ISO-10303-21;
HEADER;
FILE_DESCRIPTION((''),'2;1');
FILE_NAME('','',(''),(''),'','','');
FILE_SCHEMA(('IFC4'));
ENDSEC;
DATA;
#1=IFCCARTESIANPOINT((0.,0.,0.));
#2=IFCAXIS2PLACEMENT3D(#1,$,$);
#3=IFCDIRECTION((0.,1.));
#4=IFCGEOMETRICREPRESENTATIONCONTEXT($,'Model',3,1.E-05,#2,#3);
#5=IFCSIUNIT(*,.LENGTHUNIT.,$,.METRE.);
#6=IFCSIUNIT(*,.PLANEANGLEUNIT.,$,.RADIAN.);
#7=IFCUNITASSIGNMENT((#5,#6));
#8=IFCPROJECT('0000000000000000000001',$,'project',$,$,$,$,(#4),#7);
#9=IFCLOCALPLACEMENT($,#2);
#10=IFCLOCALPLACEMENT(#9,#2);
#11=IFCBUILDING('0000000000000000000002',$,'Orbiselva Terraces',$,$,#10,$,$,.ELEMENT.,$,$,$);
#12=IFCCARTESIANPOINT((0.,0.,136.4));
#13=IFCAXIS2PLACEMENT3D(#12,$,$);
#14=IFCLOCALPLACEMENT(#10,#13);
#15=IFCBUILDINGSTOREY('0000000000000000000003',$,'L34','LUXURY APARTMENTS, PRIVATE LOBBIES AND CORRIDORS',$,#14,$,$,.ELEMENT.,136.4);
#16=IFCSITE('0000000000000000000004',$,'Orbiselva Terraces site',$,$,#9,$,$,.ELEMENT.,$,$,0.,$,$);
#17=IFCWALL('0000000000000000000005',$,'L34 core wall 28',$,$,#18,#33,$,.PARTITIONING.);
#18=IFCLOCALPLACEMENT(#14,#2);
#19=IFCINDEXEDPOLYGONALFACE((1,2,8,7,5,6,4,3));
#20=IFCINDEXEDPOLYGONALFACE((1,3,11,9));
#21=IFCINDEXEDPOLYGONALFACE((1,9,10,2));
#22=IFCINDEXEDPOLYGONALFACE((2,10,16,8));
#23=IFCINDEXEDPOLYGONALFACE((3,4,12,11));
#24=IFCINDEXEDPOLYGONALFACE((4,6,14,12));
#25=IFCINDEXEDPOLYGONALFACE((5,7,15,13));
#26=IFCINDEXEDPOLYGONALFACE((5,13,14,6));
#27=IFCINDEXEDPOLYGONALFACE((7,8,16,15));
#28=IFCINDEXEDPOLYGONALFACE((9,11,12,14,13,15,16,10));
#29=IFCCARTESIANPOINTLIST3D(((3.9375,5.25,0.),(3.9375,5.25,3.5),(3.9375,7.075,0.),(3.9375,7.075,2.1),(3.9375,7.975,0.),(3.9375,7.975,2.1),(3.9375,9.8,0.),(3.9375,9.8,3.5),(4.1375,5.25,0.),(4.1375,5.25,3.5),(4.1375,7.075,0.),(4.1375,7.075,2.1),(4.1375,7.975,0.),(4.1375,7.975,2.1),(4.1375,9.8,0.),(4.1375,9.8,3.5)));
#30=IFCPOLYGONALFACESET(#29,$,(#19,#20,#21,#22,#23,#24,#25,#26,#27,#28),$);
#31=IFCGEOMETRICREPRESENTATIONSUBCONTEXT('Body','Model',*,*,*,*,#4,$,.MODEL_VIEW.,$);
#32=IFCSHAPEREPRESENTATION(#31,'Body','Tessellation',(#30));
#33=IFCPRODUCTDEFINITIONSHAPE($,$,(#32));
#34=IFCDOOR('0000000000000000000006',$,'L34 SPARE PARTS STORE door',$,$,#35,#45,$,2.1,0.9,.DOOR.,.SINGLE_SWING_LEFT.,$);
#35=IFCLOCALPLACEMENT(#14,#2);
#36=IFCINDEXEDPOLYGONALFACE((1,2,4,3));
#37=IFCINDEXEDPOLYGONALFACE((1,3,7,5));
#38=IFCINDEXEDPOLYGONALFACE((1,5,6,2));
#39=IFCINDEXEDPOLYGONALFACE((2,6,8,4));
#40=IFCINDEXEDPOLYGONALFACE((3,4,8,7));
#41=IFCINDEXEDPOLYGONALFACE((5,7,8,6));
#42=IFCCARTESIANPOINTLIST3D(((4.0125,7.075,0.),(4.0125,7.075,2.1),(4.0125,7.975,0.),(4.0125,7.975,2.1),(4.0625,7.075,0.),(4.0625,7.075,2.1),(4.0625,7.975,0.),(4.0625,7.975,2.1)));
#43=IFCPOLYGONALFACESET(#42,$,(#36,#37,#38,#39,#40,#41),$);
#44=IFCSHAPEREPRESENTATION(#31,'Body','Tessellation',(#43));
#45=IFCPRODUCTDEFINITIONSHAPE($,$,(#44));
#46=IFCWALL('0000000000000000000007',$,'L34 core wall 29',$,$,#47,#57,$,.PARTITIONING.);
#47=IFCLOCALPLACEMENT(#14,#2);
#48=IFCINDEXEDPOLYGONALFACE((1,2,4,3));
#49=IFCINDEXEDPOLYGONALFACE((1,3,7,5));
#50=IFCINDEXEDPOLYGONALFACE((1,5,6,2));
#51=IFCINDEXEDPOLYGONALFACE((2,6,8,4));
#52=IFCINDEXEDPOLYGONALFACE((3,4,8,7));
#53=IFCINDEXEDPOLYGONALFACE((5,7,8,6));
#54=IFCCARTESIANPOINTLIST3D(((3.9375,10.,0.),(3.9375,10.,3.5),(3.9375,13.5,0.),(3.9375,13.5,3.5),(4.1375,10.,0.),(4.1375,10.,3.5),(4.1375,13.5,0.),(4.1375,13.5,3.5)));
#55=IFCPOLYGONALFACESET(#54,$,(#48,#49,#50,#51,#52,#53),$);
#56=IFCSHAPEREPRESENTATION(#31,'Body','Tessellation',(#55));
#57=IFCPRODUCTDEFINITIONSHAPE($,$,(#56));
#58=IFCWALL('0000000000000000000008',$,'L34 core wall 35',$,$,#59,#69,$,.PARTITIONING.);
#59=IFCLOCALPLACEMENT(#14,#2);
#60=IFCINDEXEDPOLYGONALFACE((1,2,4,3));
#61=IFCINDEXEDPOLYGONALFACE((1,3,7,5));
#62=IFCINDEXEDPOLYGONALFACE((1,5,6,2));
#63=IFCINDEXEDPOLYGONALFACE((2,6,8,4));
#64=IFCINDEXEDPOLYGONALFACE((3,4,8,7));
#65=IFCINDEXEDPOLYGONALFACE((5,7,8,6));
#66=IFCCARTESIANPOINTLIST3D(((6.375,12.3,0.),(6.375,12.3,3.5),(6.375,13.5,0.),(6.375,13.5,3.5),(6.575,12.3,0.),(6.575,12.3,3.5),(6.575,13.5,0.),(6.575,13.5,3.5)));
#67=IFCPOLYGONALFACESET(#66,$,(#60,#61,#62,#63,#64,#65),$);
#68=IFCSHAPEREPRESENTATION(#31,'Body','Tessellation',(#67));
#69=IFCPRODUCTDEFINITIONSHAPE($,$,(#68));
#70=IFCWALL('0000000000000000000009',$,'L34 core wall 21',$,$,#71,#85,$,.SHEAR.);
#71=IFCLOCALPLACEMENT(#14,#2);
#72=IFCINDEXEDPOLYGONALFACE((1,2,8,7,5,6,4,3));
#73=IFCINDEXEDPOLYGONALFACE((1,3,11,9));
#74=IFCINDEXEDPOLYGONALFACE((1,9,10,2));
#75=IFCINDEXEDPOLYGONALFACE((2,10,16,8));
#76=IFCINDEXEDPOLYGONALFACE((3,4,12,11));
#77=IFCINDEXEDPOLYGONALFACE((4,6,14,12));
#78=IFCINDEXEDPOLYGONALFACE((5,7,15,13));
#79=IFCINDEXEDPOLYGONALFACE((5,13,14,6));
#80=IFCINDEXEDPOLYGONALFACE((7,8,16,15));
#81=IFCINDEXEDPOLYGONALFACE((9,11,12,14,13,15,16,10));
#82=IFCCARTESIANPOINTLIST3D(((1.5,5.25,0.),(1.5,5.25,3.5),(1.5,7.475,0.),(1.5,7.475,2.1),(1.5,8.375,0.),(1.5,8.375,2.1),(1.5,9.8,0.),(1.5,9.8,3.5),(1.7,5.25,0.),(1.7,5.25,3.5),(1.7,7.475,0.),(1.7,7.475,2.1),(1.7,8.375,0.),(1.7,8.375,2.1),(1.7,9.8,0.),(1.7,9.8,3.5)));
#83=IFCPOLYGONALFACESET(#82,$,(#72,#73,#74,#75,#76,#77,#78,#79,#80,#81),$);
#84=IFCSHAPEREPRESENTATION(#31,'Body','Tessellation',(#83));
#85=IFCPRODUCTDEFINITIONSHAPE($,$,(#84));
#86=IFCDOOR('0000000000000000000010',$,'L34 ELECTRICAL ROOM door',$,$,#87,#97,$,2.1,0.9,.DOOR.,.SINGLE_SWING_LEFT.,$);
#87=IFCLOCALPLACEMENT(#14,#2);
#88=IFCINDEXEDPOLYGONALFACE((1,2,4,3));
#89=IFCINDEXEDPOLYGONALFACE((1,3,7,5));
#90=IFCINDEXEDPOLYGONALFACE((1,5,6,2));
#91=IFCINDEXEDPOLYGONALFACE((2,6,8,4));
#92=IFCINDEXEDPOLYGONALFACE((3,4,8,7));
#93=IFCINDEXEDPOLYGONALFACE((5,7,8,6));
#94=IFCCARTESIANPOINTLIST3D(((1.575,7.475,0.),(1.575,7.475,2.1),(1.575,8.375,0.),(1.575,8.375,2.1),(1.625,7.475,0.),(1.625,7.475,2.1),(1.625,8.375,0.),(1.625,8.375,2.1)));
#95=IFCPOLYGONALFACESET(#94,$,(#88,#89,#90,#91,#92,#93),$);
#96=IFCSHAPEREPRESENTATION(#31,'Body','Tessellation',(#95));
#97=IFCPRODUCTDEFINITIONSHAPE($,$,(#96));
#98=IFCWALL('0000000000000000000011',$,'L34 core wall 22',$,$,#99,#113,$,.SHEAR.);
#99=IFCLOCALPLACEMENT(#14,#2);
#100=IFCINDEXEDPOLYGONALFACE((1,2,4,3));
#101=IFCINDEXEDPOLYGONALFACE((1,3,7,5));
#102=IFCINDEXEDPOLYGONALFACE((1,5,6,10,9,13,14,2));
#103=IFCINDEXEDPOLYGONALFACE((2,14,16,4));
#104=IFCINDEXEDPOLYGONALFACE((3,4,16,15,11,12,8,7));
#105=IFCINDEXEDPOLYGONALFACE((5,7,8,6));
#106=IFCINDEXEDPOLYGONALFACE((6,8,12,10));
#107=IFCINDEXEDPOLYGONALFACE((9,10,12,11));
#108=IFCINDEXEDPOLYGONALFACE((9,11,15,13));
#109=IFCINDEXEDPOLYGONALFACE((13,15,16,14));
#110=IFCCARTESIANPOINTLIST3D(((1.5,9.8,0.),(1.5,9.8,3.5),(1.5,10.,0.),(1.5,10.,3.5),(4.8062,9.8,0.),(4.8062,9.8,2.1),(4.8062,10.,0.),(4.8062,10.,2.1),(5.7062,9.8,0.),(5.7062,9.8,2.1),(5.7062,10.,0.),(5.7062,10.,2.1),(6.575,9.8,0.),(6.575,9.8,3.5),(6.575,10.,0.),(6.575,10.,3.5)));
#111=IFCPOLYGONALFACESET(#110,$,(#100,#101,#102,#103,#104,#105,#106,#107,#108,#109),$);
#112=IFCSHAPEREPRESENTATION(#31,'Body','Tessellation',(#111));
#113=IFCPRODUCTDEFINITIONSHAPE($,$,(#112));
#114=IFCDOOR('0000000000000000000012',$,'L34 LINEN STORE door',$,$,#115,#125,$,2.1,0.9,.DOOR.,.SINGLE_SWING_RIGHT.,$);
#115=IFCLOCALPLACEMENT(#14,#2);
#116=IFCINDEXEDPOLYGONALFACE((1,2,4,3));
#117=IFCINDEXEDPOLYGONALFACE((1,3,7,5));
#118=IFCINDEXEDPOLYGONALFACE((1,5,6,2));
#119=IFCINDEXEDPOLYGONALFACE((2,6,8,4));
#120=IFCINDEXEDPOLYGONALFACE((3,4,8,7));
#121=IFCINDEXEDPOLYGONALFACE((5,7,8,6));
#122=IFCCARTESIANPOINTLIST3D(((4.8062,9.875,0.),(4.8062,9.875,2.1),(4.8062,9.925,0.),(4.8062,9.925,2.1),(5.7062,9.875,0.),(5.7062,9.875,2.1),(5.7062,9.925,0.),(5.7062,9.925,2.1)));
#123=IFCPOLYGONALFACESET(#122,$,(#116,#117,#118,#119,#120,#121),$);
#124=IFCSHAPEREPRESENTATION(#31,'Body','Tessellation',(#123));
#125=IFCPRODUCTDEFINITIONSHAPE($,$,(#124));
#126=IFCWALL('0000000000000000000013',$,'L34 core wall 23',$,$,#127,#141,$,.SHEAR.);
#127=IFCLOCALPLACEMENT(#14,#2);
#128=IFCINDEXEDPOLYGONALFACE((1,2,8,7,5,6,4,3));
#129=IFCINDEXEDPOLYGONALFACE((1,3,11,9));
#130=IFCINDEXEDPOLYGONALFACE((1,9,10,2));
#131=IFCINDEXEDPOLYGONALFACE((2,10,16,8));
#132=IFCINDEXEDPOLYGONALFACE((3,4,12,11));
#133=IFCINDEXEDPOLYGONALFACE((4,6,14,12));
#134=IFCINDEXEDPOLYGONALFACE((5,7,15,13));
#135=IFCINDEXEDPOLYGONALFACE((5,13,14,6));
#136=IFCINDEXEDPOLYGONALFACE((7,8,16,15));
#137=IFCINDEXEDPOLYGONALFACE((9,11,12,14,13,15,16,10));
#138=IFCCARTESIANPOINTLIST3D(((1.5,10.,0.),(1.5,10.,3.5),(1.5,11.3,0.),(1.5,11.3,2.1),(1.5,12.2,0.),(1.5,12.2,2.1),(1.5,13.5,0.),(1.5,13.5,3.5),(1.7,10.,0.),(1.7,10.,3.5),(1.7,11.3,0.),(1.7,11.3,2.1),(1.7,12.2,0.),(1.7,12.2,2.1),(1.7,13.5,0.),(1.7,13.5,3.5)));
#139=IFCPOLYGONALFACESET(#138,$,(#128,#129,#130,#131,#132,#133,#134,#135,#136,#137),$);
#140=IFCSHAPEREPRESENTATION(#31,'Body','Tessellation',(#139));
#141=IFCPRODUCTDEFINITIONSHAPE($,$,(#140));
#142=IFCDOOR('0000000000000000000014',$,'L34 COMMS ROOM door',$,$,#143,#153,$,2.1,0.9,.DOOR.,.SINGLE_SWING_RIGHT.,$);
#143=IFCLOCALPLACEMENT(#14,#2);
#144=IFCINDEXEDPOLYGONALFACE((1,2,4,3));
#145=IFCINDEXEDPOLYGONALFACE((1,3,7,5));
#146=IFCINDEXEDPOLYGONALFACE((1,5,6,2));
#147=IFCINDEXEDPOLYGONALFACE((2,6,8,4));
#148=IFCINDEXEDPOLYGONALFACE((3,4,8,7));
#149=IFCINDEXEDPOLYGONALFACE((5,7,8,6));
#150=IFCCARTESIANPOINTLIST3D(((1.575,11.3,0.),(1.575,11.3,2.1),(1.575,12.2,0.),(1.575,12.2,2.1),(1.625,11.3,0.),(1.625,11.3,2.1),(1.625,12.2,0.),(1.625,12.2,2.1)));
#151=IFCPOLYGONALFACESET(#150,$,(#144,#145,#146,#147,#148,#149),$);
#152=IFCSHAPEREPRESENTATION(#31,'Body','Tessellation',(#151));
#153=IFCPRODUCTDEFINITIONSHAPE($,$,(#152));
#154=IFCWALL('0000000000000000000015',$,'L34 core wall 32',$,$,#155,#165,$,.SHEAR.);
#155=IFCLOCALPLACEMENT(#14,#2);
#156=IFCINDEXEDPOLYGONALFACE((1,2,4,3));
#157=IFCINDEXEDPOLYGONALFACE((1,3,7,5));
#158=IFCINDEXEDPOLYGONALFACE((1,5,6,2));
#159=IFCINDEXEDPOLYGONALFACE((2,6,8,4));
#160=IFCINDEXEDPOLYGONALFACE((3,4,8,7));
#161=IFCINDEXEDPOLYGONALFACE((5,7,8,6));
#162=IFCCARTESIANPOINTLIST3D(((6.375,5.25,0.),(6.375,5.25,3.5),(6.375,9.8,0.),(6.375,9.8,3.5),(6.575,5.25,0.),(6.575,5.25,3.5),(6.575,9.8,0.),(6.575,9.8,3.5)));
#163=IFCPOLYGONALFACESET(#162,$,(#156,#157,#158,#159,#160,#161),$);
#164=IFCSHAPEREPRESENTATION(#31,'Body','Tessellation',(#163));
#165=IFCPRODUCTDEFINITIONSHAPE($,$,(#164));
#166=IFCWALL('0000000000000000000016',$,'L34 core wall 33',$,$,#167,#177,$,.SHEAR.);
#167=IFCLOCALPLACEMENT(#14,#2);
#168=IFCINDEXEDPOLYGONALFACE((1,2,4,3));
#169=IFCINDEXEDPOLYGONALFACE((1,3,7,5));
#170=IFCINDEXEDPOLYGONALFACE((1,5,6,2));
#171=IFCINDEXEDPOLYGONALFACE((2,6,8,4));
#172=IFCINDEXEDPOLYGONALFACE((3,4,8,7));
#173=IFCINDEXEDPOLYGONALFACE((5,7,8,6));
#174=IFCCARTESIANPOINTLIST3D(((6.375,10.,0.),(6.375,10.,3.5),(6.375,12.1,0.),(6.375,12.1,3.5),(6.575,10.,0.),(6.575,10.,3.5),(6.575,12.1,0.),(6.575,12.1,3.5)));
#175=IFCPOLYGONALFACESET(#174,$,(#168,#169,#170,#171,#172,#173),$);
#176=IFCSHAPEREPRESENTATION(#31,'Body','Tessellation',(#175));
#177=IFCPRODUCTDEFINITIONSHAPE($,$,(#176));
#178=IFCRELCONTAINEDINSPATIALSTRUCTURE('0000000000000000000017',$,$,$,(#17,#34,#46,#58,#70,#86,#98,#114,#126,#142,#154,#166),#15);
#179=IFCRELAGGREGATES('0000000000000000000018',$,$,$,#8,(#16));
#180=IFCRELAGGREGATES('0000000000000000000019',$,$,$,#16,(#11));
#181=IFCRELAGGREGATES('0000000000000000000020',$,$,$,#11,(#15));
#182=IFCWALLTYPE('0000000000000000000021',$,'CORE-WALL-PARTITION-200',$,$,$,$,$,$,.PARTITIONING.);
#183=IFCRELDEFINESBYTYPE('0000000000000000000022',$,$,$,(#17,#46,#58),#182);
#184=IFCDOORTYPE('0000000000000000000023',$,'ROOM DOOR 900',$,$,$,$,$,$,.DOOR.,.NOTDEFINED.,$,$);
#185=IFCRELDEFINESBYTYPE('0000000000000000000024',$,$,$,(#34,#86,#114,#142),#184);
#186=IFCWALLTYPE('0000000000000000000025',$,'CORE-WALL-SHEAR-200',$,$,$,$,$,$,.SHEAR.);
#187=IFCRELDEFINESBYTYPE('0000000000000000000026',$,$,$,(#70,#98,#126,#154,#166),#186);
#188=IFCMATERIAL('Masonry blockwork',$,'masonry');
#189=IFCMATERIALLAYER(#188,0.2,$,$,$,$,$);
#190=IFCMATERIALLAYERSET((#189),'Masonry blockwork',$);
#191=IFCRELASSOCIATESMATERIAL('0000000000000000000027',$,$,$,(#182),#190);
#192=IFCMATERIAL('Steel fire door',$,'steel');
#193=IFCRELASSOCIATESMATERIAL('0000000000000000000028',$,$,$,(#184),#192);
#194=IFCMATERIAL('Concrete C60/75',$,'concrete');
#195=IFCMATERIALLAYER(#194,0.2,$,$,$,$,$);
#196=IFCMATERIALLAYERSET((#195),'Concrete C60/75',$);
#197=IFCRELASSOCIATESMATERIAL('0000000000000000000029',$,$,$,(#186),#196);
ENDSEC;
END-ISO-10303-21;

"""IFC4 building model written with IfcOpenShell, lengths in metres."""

from ifc_helpers import new_model, si_unit, direction, frame, frame_2d, origin, place, context, subcontext, project, spatial, rectangle, extrude, material, layer, layer_set, type_object, element, fill, save


model = new_model("IFC4")

# Units and contexts
model_context = context("Model", 3, precision=1e-05, world=origin(), true_north=direction((0.0, 1.0)))
body_context = subcontext(model_context, "Body", "Model", "MODEL_VIEW")
ifc_project = project(units=[si_unit("LENGTHUNIT", "METRE"), si_unit("PLANEANGLEUNIT", "RADIAN")], contexts=[model_context])

# Site, building, storey
site_placement = place(None, origin())
site = spatial("IfcSite", under=ifc_project, at=site_placement, Name="Orbiselva Terraces site", CompositionType="ELEMENT", RefElevation=0.0)
building_placement = place(site_placement, origin())
building = spatial("IfcBuilding", under=site, at=building_placement, Name="Orbiselva Terraces", CompositionType="ELEMENT")
storey_placement = place(building_placement, frame((0.0, 0.0, 136.4)))
storey = spatial("IfcBuildingStorey", under=building, at=storey_placement, Name="L34", Description="LUXURY APARTMENTS, PRIVATE LOBBIES AND CORRIDORS", CompositionType="ELEMENT", Elevation=136.4)

# Wall, opening, door
ifc_material_1 = material(Name="Masonry blockwork", Category="masonry")
ifc_layer_1 = layer(ifc_material_1, 0.2)
ifc_layer_set_1 = layer_set([ifc_layer_1], Name="Masonry blockwork")
wall_type_1 = type_object("IfcWallType", Name="CORE-WALL-PARTITION-200", PredefinedType="PARTITIONING", material=ifc_layer_set_1)
wall_1_placement = place(storey_placement, frame((4.0375, 9.8, 0.0), z_axis=(0.0, 0.0, 1.0), x_axis=(0.0, -1.0, 0.0)))
wall_1 = element("IfcWall", 1, at=wall_1_placement, inside=storey, type_object=wall_type_1, Name="L34 core wall 28", PredefinedType="PARTITIONING", context=body_context, shape_type="SweptSolid", body=[
    extrude(rectangle(XDim=4.55, YDim=0.2, at=frame_2d((2.275, 0.0))), origin(), (0.0, 0.0, 1.0), 3.5),
])
opening_1_placement = place(wall_1_placement, frame((1.825, 0.0, 0.0)))
opening_1 = element("IfcOpeningElement", 2, at=opening_1_placement, cuts=wall_1, PredefinedType="OPENING", context=body_context, shape_type="SweptSolid", body=[
    extrude(rectangle(XDim=0.9, YDim=2.1, at=frame_2d((0.45, 1.05))), frame((0.0, 0.11, 0.0), z_axis=(0.0, -1.0, 0.0), x_axis=(1.0, 0.0, 0.0)), (0.0, 0.0, 1.0), 0.22),
])
ifc_material_2 = material(Name="Steel fire door", Category="steel")
door_type_1 = type_object("IfcDoorType", Name="ROOM DOOR 900", OperationType="NOTDEFINED", PredefinedType="DOOR", material=ifc_material_2)
door_1_placement = place(opening_1_placement, origin())
door_1 = element("IfcDoor", 3, at=door_1_placement, inside=storey, type_object=door_type_1, Name="L34 SPARE PARTS STORE door", OperationType="SINGLE_SWING_LEFT", OverallHeight=2.1, OverallWidth=0.9, PredefinedType="DOOR", context=body_context, shape_type="SweptSolid", body=[
    extrude(rectangle(XDim=0.9, YDim=2.1, at=frame_2d((0.45, 1.05))), frame((0.0, 0.025, 0.0), z_axis=(0.0, -1.0, 0.0), x_axis=(1.0, 0.0, 0.0)), (0.0, 0.0, 1.0), 0.05),
])
fill(opening_1, door_1)

# Walls
wall_2_placement = place(storey_placement, frame((4.0375, 10.0, 0.0), z_axis=(0.0, 0.0, 1.0), x_axis=(0.0, 1.0, 0.0)))
element("IfcWall", 4, at=wall_2_placement, inside=storey, type_object=wall_type_1, Name="L34 core wall 29", PredefinedType="PARTITIONING", context=body_context, shape_type="SweptSolid", body=[
    extrude(rectangle(XDim=3.5, YDim=0.2, at=frame_2d((1.75, 0.0))), origin(), (0.0, 0.0, 1.0), 3.5),
])
wall_3_placement = place(storey_placement, frame((6.475, 12.3, 0.0), z_axis=(0.0, 0.0, 1.0), x_axis=(0.0, 1.0, 0.0)))
element("IfcWall", 5, at=wall_3_placement, inside=storey, type_object=wall_type_1, Name="L34 core wall 35", PredefinedType="PARTITIONING", context=body_context, shape_type="SweptSolid", body=[
    extrude(rectangle(XDim=1.2, YDim=0.2, at=frame_2d((0.6, 0.0))), origin(), (0.0, 0.0, 1.0), 3.5),
])

# Walls, openings, doors
ifc_material_3 = material(Name="Concrete C60/75", Category="concrete")
ifc_layer_2 = layer(ifc_material_3, 0.2)
ifc_layer_set_2 = layer_set([ifc_layer_2], Name="Concrete C60/75")
wall_type_2 = type_object("IfcWallType", Name="CORE-WALL-SHEAR-200", PredefinedType="SHEAR", material=ifc_layer_set_2)
wall_4_placement = place(storey_placement, frame((1.6, 9.8, 0.0), z_axis=(0.0, 0.0, 1.0), x_axis=(0.0, -1.0, 0.0)))
wall_4 = element("IfcWall", 6, at=wall_4_placement, inside=storey, type_object=wall_type_2, Name="L34 core wall 21", PredefinedType="SHEAR", context=body_context, shape_type="SweptSolid", body=[
    extrude(rectangle(XDim=4.55, YDim=0.2, at=frame_2d((2.275, 0.0))), origin(), (0.0, 0.0, 1.0), 3.5),
])
opening_2_placement = place(wall_4_placement, frame((1.425, 0.0, 0.0)))
opening_2 = element("IfcOpeningElement", 7, at=opening_2_placement, cuts=wall_4, PredefinedType="OPENING", context=body_context, shape_type="SweptSolid", body=[
    extrude(rectangle(XDim=0.9, YDim=2.1, at=frame_2d((0.45, 1.05))), frame((0.0, 0.11, 0.0), z_axis=(0.0, -1.0, 0.0), x_axis=(1.0, 0.0, 0.0)), (0.0, 0.0, 1.0), 0.22),
])
door_2_placement = place(opening_2_placement, origin())
door_2 = element("IfcDoor", 8, at=door_2_placement, inside=storey, type_object=door_type_1, Name="L34 ELECTRICAL ROOM door", OperationType="SINGLE_SWING_LEFT", OverallHeight=2.1, OverallWidth=0.9, PredefinedType="DOOR", context=body_context, shape_type="SweptSolid", body=[
    extrude(rectangle(XDim=0.9, YDim=2.1, at=frame_2d((0.45, 1.05))), frame((0.0, 0.025, 0.0), z_axis=(0.0, -1.0, 0.0), x_axis=(1.0, 0.0, 0.0)), (0.0, 0.0, 1.0), 0.05),
])
fill(opening_2, door_2)
wall_5_placement = place(storey_placement, frame((1.5, 9.9, 0.0), z_axis=(0.0, 0.0, 1.0), x_axis=(1.0, 0.0, 0.0)))
wall_5 = element("IfcWall", 9, at=wall_5_placement, inside=storey, type_object=wall_type_2, Name="L34 core wall 22", PredefinedType="SHEAR", context=body_context, shape_type="SweptSolid", body=[
    extrude(rectangle(XDim=5.075, YDim=0.2, at=frame_2d((2.5375, 0.0))), origin(), (0.0, 0.0, 1.0), 3.5),
])
opening_3_placement = place(wall_5_placement, frame((3.3062, 0.0, 0.0)))
opening_3 = element("IfcOpeningElement", 10, at=opening_3_placement, cuts=wall_5, PredefinedType="OPENING", context=body_context, shape_type="SweptSolid", body=[
    extrude(rectangle(XDim=0.9, YDim=2.1, at=frame_2d((0.45, 1.05))), frame((0.0, 0.11, 0.0), z_axis=(0.0, -1.0, 0.0), x_axis=(1.0, 0.0, 0.0)), (0.0, 0.0, 1.0), 0.22),
])
door_3_placement = place(opening_3_placement, origin())
door_3 = element("IfcDoor", 11, at=door_3_placement, inside=storey, type_object=door_type_1, Name="L34 LINEN STORE door", OperationType="SINGLE_SWING_RIGHT", OverallHeight=2.1, OverallWidth=0.9, PredefinedType="DOOR", context=body_context, shape_type="SweptSolid", body=[
    extrude(rectangle(XDim=0.9, YDim=2.1, at=frame_2d((0.45, 1.05))), frame((0.0, 0.025, 0.0), z_axis=(0.0, -1.0, 0.0), x_axis=(1.0, 0.0, 0.0)), (0.0, 0.0, 1.0), 0.05),
])
fill(opening_3, door_3)
wall_6_placement = place(storey_placement, frame((1.6, 13.5, 0.0), z_axis=(0.0, 0.0, 1.0), x_axis=(0.0, -1.0, 0.0)))
wall_6 = element("IfcWall", 12, at=wall_6_placement, inside=storey, type_object=wall_type_2, Name="L34 core wall 23", PredefinedType="SHEAR", context=body_context, shape_type="SweptSolid", body=[
    extrude(rectangle(XDim=3.5, YDim=0.2, at=frame_2d((1.75, 0.0))), origin(), (0.0, 0.0, 1.0), 3.5),
])
opening_4_placement = place(wall_6_placement, frame((1.3, 0.0, 0.0)))
opening_4 = element("IfcOpeningElement", 13, at=opening_4_placement, cuts=wall_6, PredefinedType="OPENING", context=body_context, shape_type="SweptSolid", body=[
    extrude(rectangle(XDim=0.9, YDim=2.1, at=frame_2d((0.45, 1.05))), frame((0.0, 0.11, 0.0), z_axis=(0.0, -1.0, 0.0), x_axis=(1.0, 0.0, 0.0)), (0.0, 0.0, 1.0), 0.22),
])
door_4_placement = place(opening_4_placement, origin())
door_4 = element("IfcDoor", 14, at=door_4_placement, inside=storey, type_object=door_type_1, Name="L34 COMMS ROOM door", OperationType="SINGLE_SWING_RIGHT", OverallHeight=2.1, OverallWidth=0.9, PredefinedType="DOOR", context=body_context, shape_type="SweptSolid", body=[
    extrude(rectangle(XDim=0.9, YDim=2.1, at=frame_2d((0.45, 1.05))), frame((0.0, 0.025, 0.0), z_axis=(0.0, -1.0, 0.0), x_axis=(1.0, 0.0, 0.0)), (0.0, 0.0, 1.0), 0.05),
])
fill(opening_4, door_4)

# Walls
wall_7_placement = place(storey_placement, frame((6.475, 5.25, 0.0), z_axis=(0.0, 0.0, 1.0), x_axis=(0.0, 1.0, 0.0)))
element("IfcWall", 15, at=wall_7_placement, inside=storey, type_object=wall_type_2, Name="L34 core wall 32", PredefinedType="SHEAR", context=body_context, shape_type="SweptSolid", body=[
    extrude(rectangle(XDim=4.55, YDim=0.2, at=frame_2d((2.275, 0.0))), origin(), (0.0, 0.0, 1.0), 3.5),
])
wall_8_placement = place(storey_placement, frame((6.475, 10.0, 0.0), z_axis=(0.0, 0.0, 1.0), x_axis=(0.0, 1.0, 0.0)))
element("IfcWall", 16, at=wall_8_placement, inside=storey, type_object=wall_type_2, Name="L34 core wall 33", PredefinedType="SHEAR", context=body_context, shape_type="SweptSolid", body=[
    extrude(rectangle(XDim=2.1, YDim=0.2, at=frame_2d((1.05, 0.0))), origin(), (0.0, 0.0, 1.0), 3.5),
])

save(model, "model.ifc")
